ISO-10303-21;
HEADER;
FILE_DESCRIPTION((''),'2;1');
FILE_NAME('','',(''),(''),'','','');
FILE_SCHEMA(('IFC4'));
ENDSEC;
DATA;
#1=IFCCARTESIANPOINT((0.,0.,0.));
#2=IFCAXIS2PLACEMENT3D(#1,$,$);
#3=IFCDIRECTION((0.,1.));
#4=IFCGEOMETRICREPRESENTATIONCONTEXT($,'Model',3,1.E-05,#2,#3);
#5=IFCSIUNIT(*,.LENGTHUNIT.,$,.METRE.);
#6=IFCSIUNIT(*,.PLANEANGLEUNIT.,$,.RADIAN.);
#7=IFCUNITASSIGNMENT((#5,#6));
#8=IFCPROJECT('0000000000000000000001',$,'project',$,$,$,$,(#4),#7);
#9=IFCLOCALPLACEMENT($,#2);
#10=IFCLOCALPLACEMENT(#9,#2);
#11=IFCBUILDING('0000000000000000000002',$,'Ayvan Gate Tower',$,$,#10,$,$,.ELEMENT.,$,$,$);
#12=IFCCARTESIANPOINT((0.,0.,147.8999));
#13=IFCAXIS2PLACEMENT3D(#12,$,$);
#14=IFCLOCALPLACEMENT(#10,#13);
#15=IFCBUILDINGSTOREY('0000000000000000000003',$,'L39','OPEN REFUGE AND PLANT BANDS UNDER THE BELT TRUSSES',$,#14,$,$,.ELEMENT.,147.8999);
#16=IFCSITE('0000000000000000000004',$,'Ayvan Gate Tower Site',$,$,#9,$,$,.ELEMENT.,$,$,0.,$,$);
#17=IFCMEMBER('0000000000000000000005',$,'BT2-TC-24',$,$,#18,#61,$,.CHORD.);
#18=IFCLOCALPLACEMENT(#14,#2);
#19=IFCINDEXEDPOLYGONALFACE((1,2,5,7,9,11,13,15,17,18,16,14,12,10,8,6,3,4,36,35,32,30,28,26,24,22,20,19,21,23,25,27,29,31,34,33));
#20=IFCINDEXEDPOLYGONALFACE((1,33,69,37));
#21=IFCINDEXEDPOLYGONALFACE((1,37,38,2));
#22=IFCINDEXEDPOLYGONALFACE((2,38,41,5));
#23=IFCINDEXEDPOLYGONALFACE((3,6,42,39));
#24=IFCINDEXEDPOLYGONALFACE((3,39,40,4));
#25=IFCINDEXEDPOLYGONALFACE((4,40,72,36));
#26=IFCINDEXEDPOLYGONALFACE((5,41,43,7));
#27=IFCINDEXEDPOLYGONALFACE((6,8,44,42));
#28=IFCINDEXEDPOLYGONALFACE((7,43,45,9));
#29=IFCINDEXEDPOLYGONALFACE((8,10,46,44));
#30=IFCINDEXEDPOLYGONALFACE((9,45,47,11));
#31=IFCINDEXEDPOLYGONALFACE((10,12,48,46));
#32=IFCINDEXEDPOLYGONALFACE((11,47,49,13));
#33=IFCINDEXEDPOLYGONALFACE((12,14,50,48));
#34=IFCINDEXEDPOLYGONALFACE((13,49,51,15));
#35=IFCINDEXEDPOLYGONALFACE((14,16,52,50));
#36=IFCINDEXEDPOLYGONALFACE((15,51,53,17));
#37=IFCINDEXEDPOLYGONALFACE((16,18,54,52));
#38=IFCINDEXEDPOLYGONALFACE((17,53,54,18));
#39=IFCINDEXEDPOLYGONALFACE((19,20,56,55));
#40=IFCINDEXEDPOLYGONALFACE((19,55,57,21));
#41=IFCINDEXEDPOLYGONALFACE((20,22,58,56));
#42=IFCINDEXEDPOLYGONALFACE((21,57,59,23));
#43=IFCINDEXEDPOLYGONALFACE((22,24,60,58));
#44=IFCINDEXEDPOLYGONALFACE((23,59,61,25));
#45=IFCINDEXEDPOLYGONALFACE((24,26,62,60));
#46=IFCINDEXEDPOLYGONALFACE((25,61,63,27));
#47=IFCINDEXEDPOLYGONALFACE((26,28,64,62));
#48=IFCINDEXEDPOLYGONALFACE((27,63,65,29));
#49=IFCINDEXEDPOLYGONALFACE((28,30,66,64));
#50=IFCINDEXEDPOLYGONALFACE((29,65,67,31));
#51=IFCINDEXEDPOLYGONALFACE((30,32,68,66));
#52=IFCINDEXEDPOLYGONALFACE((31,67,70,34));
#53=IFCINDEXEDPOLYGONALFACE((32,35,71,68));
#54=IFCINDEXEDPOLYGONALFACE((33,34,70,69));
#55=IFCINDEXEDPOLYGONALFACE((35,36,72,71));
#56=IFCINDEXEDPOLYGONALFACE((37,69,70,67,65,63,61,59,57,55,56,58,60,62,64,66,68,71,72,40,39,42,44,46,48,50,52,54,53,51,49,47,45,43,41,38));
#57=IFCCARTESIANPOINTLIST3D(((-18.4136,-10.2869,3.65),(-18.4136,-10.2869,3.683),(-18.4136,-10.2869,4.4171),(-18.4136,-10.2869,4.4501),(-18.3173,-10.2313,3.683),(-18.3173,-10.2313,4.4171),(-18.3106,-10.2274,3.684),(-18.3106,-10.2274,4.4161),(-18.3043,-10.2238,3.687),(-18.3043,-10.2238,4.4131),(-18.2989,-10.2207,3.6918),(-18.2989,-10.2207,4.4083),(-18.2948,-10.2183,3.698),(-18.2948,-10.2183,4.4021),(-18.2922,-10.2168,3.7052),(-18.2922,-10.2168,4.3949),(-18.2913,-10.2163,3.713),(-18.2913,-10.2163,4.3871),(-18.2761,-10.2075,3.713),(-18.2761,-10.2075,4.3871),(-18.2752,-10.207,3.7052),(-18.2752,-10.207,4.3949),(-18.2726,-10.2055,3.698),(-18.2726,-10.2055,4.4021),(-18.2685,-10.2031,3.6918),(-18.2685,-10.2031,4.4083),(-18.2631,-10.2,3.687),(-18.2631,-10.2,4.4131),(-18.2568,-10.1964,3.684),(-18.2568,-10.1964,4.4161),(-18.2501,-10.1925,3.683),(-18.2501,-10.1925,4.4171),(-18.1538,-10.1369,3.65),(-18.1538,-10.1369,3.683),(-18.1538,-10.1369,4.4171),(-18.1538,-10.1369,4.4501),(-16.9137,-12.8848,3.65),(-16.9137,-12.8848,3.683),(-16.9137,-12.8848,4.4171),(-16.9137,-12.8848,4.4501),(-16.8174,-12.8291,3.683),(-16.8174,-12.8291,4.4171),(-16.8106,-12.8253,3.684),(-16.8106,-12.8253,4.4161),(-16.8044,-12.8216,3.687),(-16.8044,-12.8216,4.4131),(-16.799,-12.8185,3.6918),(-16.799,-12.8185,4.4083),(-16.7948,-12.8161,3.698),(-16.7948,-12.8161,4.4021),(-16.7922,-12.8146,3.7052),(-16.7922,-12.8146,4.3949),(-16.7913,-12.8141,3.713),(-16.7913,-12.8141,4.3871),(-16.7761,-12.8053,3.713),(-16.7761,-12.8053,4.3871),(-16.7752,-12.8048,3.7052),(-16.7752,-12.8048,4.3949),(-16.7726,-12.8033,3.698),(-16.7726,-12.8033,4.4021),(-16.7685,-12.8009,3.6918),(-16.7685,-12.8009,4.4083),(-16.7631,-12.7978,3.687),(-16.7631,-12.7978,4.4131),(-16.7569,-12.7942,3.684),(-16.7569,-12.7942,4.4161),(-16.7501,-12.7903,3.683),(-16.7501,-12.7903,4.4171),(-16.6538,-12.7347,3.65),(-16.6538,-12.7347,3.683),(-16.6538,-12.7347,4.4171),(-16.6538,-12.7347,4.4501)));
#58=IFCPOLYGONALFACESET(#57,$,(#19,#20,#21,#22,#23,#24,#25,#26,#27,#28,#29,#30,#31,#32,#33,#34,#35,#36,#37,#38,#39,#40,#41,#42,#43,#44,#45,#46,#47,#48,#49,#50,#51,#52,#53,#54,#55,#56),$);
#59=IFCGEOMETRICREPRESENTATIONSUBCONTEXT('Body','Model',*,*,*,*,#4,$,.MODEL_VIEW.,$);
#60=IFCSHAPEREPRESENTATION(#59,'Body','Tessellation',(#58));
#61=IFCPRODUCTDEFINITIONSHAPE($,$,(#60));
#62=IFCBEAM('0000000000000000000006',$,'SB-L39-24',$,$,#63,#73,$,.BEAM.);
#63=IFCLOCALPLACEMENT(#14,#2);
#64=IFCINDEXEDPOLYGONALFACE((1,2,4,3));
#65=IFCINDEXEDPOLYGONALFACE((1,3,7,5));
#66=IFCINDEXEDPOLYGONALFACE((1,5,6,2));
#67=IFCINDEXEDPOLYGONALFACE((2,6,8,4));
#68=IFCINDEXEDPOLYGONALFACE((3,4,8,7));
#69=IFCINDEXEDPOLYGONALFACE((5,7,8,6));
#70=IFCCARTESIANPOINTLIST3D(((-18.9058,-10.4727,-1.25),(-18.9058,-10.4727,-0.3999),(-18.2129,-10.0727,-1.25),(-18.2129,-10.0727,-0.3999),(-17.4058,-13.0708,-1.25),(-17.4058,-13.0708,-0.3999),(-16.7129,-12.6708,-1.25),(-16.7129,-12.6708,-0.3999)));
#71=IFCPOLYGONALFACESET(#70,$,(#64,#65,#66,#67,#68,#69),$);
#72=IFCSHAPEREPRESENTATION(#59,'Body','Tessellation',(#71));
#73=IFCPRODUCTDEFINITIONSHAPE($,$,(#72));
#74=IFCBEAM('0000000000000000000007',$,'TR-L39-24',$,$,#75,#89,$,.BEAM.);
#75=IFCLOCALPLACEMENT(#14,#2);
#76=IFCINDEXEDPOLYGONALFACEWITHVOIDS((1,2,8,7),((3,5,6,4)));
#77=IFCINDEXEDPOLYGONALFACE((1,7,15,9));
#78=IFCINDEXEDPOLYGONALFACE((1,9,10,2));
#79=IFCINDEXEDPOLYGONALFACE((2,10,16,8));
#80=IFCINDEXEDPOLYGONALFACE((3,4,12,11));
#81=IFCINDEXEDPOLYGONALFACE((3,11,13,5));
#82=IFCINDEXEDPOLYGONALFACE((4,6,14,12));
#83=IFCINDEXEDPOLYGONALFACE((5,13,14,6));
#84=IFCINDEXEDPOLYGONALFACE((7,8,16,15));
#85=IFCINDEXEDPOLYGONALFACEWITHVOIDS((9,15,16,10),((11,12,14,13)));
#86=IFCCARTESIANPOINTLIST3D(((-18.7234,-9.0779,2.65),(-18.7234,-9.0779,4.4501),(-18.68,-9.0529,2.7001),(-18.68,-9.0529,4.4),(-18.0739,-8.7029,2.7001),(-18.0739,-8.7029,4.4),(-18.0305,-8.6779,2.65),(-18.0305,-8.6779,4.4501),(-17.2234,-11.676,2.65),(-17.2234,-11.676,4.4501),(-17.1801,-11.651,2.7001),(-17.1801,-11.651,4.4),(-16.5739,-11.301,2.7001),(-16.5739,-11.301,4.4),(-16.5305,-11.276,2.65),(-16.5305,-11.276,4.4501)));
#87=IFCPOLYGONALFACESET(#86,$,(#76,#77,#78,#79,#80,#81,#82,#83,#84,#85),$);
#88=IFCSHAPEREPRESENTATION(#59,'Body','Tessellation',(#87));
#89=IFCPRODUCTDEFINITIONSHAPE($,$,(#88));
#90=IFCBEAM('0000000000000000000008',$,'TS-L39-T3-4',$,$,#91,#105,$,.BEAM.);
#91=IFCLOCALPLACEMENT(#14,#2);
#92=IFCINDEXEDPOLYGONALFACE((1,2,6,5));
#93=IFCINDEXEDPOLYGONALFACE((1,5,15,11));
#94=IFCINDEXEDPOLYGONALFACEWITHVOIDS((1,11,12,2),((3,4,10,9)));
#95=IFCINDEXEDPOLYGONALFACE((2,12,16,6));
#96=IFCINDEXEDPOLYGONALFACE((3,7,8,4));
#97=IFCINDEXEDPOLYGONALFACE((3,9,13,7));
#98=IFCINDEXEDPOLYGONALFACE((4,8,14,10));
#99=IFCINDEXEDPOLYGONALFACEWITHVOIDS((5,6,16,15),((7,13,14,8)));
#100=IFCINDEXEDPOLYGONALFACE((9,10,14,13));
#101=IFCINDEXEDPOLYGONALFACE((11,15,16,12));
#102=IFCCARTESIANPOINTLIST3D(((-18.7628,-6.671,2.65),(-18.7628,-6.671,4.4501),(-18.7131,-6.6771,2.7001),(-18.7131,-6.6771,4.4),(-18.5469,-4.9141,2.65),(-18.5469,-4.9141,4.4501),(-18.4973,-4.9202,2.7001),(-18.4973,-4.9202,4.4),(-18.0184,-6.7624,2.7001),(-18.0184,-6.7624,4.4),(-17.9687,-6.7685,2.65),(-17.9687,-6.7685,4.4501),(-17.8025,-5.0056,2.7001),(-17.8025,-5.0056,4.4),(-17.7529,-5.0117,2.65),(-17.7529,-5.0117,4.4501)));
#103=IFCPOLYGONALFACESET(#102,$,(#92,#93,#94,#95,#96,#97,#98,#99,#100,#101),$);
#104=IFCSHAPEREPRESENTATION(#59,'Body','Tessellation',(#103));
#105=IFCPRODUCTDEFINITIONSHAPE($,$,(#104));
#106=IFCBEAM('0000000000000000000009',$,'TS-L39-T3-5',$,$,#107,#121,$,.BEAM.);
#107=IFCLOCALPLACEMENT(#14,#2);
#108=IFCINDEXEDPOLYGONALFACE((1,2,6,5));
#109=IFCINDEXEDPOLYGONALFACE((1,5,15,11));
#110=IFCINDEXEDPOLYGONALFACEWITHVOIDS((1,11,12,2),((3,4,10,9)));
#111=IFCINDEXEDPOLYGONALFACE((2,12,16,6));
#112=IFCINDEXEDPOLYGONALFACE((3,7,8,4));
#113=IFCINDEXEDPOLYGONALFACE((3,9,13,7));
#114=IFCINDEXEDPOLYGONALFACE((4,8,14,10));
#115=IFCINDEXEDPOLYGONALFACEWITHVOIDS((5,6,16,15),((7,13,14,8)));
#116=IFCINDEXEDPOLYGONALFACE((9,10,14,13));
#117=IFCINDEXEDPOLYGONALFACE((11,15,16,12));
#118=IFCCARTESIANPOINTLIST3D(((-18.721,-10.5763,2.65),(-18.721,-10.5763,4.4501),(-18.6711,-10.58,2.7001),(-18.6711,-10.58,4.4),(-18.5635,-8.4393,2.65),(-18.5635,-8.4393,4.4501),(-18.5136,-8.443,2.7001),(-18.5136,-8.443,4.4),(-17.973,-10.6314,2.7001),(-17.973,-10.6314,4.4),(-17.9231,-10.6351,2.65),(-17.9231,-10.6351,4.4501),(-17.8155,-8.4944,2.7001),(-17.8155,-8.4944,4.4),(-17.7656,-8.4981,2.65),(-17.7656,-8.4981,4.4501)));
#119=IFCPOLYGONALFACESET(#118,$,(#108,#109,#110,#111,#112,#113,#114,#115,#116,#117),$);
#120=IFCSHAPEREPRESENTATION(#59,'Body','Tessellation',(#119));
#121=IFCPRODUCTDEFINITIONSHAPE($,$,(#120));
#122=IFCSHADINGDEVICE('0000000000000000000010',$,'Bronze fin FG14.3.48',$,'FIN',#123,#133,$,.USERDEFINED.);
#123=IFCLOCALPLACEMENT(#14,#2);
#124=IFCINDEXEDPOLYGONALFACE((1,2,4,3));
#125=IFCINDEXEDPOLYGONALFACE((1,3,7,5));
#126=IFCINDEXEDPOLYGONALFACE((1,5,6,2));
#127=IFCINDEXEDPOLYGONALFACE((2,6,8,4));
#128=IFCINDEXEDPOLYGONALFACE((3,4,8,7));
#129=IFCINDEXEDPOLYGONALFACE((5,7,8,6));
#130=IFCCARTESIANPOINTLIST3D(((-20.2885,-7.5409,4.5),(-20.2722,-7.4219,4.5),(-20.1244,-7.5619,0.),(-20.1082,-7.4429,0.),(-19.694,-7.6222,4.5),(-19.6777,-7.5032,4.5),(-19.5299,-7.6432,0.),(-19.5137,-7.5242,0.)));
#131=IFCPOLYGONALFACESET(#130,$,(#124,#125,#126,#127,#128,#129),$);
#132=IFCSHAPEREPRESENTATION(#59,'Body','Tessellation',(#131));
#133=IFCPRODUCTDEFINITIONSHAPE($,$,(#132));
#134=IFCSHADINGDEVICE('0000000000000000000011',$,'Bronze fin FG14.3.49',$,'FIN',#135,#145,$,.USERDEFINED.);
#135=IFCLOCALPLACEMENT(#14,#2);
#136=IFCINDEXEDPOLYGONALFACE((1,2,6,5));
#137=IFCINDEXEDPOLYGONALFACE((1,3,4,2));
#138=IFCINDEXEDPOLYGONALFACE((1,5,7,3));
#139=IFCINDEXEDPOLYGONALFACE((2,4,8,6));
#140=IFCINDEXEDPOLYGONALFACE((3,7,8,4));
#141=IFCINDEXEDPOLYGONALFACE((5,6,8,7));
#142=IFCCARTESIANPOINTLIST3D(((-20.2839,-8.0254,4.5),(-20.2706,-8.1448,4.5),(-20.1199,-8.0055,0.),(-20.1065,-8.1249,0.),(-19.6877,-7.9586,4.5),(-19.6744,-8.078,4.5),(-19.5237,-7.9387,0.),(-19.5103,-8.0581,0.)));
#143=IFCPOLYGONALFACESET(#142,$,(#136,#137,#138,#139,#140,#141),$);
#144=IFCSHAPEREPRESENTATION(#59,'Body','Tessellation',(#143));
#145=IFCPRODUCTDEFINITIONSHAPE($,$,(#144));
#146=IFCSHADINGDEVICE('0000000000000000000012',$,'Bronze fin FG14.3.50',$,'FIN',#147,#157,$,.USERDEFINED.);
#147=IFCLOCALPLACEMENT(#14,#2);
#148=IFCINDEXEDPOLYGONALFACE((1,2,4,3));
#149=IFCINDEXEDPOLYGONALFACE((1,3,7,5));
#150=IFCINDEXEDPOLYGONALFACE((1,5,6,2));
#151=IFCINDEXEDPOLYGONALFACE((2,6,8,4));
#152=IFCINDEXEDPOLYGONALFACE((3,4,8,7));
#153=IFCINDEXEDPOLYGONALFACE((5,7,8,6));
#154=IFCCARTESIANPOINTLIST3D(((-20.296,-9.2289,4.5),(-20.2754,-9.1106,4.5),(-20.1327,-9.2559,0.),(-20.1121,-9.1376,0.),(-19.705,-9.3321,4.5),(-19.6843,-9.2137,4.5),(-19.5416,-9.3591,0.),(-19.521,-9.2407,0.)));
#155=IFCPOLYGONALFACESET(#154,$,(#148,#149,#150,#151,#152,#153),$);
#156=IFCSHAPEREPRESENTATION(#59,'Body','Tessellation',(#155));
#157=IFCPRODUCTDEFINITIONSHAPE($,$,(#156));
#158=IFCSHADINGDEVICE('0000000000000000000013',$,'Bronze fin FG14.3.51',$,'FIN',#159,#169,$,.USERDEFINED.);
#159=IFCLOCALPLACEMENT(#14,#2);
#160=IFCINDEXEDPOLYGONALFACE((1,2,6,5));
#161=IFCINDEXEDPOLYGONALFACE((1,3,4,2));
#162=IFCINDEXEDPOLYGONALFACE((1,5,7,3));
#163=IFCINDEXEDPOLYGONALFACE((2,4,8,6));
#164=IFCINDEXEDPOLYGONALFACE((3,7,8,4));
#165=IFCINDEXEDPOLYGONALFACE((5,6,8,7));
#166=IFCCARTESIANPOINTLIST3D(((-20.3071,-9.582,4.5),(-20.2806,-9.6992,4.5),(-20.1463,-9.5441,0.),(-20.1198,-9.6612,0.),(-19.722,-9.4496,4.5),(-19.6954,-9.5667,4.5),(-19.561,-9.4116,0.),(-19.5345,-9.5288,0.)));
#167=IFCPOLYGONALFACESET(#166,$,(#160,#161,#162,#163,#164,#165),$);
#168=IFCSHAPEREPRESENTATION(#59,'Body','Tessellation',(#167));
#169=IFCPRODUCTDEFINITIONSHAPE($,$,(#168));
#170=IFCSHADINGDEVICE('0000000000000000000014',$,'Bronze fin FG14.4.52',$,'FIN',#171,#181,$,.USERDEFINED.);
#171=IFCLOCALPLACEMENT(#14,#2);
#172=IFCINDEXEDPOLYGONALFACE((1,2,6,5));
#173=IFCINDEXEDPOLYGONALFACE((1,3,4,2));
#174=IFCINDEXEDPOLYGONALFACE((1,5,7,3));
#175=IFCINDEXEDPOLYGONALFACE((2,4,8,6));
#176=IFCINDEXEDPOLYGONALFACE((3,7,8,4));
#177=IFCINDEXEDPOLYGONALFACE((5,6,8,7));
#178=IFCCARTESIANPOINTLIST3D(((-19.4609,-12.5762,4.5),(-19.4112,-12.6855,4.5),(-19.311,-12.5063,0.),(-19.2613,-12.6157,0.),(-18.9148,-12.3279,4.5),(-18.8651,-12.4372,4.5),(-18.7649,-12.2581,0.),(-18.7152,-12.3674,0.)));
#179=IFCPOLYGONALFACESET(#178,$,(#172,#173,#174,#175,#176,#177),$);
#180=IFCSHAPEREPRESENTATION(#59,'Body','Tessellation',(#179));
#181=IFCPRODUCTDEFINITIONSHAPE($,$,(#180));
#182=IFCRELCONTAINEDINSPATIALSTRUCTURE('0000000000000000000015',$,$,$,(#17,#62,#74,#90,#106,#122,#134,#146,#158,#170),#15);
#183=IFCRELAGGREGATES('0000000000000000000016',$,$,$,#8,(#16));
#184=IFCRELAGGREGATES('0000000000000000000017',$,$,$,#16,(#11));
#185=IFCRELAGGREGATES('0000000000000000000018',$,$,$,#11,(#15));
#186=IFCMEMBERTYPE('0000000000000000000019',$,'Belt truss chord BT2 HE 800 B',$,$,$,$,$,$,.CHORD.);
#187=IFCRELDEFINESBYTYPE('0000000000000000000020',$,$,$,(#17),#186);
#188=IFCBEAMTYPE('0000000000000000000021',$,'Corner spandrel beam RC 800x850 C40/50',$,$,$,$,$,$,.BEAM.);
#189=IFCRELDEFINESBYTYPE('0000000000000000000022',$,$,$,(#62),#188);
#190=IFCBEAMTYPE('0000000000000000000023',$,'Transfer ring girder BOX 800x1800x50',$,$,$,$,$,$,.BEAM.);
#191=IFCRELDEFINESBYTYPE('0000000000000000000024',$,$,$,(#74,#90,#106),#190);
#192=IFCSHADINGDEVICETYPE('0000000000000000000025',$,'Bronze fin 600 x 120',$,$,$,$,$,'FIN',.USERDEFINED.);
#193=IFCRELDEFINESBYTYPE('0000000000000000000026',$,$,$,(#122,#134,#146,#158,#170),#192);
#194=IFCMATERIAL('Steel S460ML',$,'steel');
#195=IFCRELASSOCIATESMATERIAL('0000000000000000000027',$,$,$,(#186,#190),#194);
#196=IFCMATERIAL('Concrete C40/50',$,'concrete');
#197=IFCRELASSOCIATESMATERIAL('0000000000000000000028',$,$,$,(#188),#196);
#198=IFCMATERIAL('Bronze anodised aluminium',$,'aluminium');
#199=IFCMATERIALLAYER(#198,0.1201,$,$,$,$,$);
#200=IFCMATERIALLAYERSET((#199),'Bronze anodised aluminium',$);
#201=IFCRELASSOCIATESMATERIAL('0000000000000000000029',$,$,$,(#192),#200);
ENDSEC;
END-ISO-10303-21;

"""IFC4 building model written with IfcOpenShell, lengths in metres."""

from ifc_helpers import new_model, si_unit, direction, frame, origin, origin_2d, place, context, subcontext, project, spatial, polyline, rectangle, hollow_rectangle, i_section, outline, extrude, material, layer, layer_set, material_profile, profile_set, type_object, element, save


model = new_model("IFC4")

# Units and contexts
model_context = context("Model", 3, precision=1e-05, world=origin(), true_north=direction((0.0, 1.0)))
body_context = subcontext(model_context, "Body", "Model", "MODEL_VIEW")
ifc_project = project(units=[si_unit("LENGTHUNIT", "METRE"), si_unit("PLANEANGLEUNIT", "RADIAN")], contexts=[model_context])

# Site, building, storey
site_placement = place(None, origin())
site = spatial("IfcSite", under=ifc_project, at=site_placement, Name="Ayvan Gate Tower Site", CompositionType="ELEMENT", RefElevation=0.0)
building_placement = place(site_placement, origin())
building = spatial("IfcBuilding", under=site, at=building_placement, Name="Ayvan Gate Tower", CompositionType="ELEMENT")
storey_placement = place(building_placement, frame((0.0, 0.0, 147.8999)))
storey = spatial("IfcBuildingStorey", under=building, at=storey_placement, Name="L39", Description="OPEN REFUGE AND PLANT BANDS UNDER THE BELT TRUSSES", CompositionType="ELEMENT", Elevation=147.8999)

# Member
ifc_material_1 = material(Name="Steel S460ML", Category="steel")
ifc_material_profile_1 = material_profile(ifc_material_1, i_section(OverallWidth=0.3, OverallDepth=0.8, WebThickness=0.0176, FlangeThickness=0.033, FilletRadius=0.03, at=origin_2d()), Name="HE 800 B")
ifc_profile_set_1 = profile_set([ifc_material_profile_1], Name="Steel S460ML")
member_type_1 = type_object("IfcMemberType", Name="Belt truss chord BT2 HE 800 B", PredefinedType="CHORD", material=ifc_profile_set_1)
member_1_placement = place(storey_placement, frame((-18.2837, -10.2119, 4.05), z_axis=(0.500025, -0.866011, 0.0), x_axis=(0.866011, 0.500025, 0.0)))
element("IfcMember", 1, at=member_1_placement, inside=storey, type_object=member_type_1, Name="BT2-TC-24", PredefinedType="CHORD", context=body_context, shape_type="SweptSolid", body=[
    extrude(i_section(OverallWidth=0.3, OverallDepth=0.8, WebThickness=0.0176, FlangeThickness=0.033, FilletRadius=0.03, at=origin_2d()), origin(), (0.0, 0.0, 1.0), 2.9998),
])

# Beams
ifc_material_2 = material(Name="Concrete C40/50", Category="concrete")
ifc_material_profile_2 = material_profile(ifc_material_2, rectangle(XDim=0.8, YDim=0.8501, at=origin_2d()), Name="RC 800x850")
ifc_profile_set_2 = profile_set([ifc_material_profile_2], Name="Concrete C40/50")
beam_type_1 = type_object("IfcBeamType", Name="Corner spandrel beam RC 800x850 C40/50", PredefinedType="BEAM", material=ifc_profile_set_2)
beam_1_placement = place(storey_placement, frame((-18.5593, -10.2727, -0.825), z_axis=(0.49999, -0.866031, 0.0), x_axis=(0.866031, 0.49999, 0.0)))
element("IfcBeam", 2, at=beam_1_placement, inside=storey, type_object=beam_type_1, Name="SB-L39-24", PredefinedType="BEAM", context=body_context, shape_type="SweptSolid", body=[
    extrude(rectangle(XDim=0.8, YDim=0.8501, at=origin_2d()), origin(), (0.0, 0.0, 1.0), 3.0),
])
ifc_material_profile_3 = material_profile(ifc_material_1, hollow_rectangle(XDim=0.8, YDim=1.8, WallThickness=0.05, at=origin_2d()), Name="BOX 800x1800x50")
ifc_profile_set_3 = profile_set([ifc_material_profile_3], Name="Steel S460ML")
beam_type_2 = type_object("IfcBeamType", Name="Transfer ring girder BOX 800x1800x50", PredefinedType="BEAM", material=ifc_profile_set_3)
beam_2_placement = place(storey_placement, frame((-18.377, -8.8779, 3.55), z_axis=(0.49999, -0.866031, 0.0), x_axis=(0.866031, 0.49999, 0.0)))
element("IfcBeam", 3, at=beam_2_placement, inside=storey, type_object=beam_type_2, Name="TR-L39-24", PredefinedType="BEAM", context=body_context, shape_type="SweptSolid", body=[
    extrude(hollow_rectangle(XDim=0.8, YDim=1.8, WallThickness=0.05, at=origin_2d()), origin(), (0.0, 0.0, 1.0), 3.0),
])
beam_3_placement = place(storey_placement, frame((-18.3657, -6.7197, 3.55), z_axis=(0.121929, 0.992539, 0.0), x_axis=(-0.992539, 0.121929, 0.0)))
element("IfcBeam", 4, at=beam_3_placement, inside=storey, type_object=beam_type_2, Name="TS-L39-T3-4", PredefinedType="BEAM", context=body_context, shape_type="SweptSolid", body=[
    extrude(hollow_rectangle(XDim=0.8, YDim=1.8, WallThickness=0.05, at=origin_2d()), origin(), (0.0, 0.0, 1.0), 1.77),
])
beam_4_placement = place(storey_placement, frame((-18.322, -10.6057, 3.55), z_axis=(0.07349, 0.997296, 0.0), x_axis=(-0.997296, 0.07349, 0.0)))
element("IfcBeam", 5, at=beam_4_placement, inside=storey, type_object=beam_type_2, Name="TS-L39-T3-5", PredefinedType="BEAM", context=body_context, shape_type="SweptSolid", body=[
    extrude(hollow_rectangle(XDim=0.8, YDim=1.8, WallThickness=0.05, at=origin_2d()), origin(), (0.0, 0.0, 1.0), 2.1428),
])

# Shading devices
ifc_material_3 = material(Name="Bronze anodised aluminium", Category="aluminium")
ifc_layer_1 = layer(ifc_material_3, 0.1201)
ifc_layer_set_1 = layer_set([ifc_layer_1], Name="Bronze anodised aluminium")
shading_device_type = type_object("IfcShadingDeviceType", Name="Bronze fin 600 x 120", ElementType="FIN", PredefinedType="USERDEFINED", material=ifc_layer_set_1)
shading_device_1_placement = place(storey_placement, frame((-19.5137, -7.5242, 0.0), z_axis=(0.135494, 0.990778, 0.000317), x_axis=(-0.990778, 0.135494, 0.0)))
element("IfcShadingDevice", 6, at=shading_device_1_placement, inside=storey, type_object=shading_device_type, Name="Bronze fin FG14.3.48", ObjectType="FIN", PredefinedType="USERDEFINED", context=body_context, shape_type="SweptSolid", body=[
    extrude(outline(polyline([(0.0, 0.0), (0.6, 0.0), (0.7654, 4.5), (0.1654, 4.5), (0.0, 0.0)])), origin(), (0.0, 0.0, -1.0), 0.1201),
])
shading_device_2_placement = place(storey_placement, frame((-19.5237, -7.9387, 0.0), z_axis=(-0.111302, 0.993787, 0.000336), x_axis=(-0.993787, -0.111302, 0.0)))
element("IfcShadingDevice", 7, at=shading_device_2_placement, inside=storey, type_object=shading_device_type, Name="Bronze fin FG14.3.49", ObjectType="FIN", PredefinedType="USERDEFINED", context=body_context, shape_type="SweptSolid", body=[
    extrude(outline(polyline([(0.0, 0.0), (0.5999, 0.0), (0.7652, 4.5), (0.1652, 4.5), (0.0, 0.0)])), origin(), (0.0, 0.0, -1.0), 0.1201),
])
shading_device_3_placement = place(storey_placement, frame((-19.521, -9.2407, 0.0), z_axis=(0.171916, 0.985111, 0.000334), x_axis=(-0.985112, 0.171916, 0.0)))
element("IfcShadingDevice", 8, at=shading_device_3_placement, inside=storey, type_object=shading_device_type, Name="Bronze fin FG14.3.50", ObjectType="FIN", PredefinedType="USERDEFINED", context=body_context, shape_type="SweptSolid", body=[
    extrude(outline(polyline([(0.0, 0.0), (0.6, 0.0), (0.7655, 4.5), (0.1656, 4.5), (0.0, 0.0)])), origin(), (0.0, 0.0, -1.0), 0.1201),
])
shading_device_4_placement = place(storey_placement, frame((-19.561, -9.4116, 0.0), z_axis=(-0.220742, 0.975332, 0.000336), x_axis=(-0.975332, -0.220742, 0.0)))
element("IfcShadingDevice", 9, at=shading_device_4_placement, inside=storey, type_object=shading_device_type, Name="Bronze fin FG14.3.51", ObjectType="FIN", PredefinedType="USERDEFINED", context=body_context, shape_type="SweptSolid", body=[
    extrude(outline(polyline([(0.0, 0.0), (0.6, 0.0), (0.7653, 4.5), (0.1653, 4.5), (0.0, 0.0)])), origin(), (0.0, 0.0, -1.0), 0.1201),
])
shading_device_5_placement = place(storey_placement, frame((-18.7649, -12.2581, 0.0), z_axis=(-0.413864, 0.910339, 0.000339), x_axis=(-0.910339, -0.413864, 0.0)))
element("IfcShadingDevice", 10, at=shading_device_5_placement, inside=storey, type_object=shading_device_type, Name="Bronze fin FG14.4.52", ObjectType="FIN", PredefinedType="USERDEFINED", context=body_context, shape_type="SweptSolid", body=[
    extrude(outline(polyline([(0.0, 0.0), (0.5999, 0.0), (0.7653, 4.5), (0.1654, 4.5), (0.0, 0.0)])), origin(), (0.0, 0.0, -1.0), 0.1201),
])

save(model, "model.ifc")
